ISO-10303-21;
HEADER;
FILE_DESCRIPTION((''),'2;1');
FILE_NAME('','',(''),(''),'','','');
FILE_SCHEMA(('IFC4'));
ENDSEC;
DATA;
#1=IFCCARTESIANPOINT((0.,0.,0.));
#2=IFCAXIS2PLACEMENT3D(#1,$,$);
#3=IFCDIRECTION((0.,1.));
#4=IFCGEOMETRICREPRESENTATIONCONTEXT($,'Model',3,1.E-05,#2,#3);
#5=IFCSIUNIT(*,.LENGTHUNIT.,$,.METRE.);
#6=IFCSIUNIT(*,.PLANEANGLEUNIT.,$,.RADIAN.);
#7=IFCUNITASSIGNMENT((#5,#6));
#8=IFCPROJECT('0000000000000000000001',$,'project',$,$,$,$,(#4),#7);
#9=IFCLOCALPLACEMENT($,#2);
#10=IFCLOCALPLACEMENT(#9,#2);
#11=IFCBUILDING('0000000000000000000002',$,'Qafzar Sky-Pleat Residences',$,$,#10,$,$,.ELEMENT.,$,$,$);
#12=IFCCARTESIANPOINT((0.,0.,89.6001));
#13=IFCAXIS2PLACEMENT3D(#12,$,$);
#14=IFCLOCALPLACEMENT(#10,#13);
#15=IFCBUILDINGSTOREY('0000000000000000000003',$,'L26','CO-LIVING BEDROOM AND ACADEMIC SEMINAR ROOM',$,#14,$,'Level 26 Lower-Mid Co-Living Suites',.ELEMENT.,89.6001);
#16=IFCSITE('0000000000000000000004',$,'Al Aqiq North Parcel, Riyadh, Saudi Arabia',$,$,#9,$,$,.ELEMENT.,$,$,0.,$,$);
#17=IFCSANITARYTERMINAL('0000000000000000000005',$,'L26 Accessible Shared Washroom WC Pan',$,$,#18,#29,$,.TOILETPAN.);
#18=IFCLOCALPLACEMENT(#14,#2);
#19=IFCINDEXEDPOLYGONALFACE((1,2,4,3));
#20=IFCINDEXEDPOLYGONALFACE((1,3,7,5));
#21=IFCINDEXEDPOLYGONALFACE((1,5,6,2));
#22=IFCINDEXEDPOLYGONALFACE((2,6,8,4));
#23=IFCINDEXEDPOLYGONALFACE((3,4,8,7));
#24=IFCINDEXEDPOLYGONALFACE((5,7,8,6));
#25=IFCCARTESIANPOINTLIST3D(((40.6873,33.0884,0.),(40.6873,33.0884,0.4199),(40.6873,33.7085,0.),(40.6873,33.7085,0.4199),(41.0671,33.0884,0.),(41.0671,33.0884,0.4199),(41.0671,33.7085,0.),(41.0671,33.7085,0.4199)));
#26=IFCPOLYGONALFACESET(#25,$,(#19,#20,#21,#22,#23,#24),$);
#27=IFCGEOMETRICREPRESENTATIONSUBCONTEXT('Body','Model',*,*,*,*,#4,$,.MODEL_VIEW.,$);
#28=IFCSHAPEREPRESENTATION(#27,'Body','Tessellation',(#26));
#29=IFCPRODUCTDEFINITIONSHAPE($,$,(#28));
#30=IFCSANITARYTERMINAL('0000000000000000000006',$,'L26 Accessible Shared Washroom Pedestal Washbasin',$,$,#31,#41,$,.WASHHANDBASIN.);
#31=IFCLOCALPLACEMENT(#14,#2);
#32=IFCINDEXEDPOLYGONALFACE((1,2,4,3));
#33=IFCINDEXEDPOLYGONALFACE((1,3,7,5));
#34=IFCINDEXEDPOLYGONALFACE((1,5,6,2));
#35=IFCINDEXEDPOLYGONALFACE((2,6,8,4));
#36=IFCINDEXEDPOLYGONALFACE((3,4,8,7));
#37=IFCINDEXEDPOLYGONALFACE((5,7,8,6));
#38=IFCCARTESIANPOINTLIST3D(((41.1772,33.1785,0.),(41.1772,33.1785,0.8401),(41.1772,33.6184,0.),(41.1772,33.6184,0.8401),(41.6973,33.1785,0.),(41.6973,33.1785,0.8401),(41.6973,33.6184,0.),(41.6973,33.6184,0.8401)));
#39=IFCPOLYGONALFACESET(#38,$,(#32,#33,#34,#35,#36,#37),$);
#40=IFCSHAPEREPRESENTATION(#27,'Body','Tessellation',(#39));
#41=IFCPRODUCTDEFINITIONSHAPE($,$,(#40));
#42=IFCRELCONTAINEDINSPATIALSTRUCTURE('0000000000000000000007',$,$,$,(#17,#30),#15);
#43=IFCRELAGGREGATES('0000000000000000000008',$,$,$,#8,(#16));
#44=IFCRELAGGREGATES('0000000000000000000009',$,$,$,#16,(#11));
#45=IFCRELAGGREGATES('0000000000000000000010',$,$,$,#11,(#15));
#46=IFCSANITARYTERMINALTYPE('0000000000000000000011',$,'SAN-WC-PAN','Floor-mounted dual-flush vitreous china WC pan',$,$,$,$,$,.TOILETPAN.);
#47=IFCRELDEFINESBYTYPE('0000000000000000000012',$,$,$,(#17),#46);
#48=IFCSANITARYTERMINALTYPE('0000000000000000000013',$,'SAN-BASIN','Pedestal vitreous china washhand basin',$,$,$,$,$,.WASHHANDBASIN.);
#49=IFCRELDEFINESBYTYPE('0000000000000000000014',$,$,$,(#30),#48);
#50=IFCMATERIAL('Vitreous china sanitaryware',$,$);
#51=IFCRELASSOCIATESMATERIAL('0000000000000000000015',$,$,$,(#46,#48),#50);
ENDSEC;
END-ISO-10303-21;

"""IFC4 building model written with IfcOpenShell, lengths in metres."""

from ifc_helpers import new_model, si_unit, direction, frame, origin, origin_2d, place, context, subcontext, project, spatial, rectangle, extrude, source, transform, mapped, material, type_object, element, save


model = new_model("IFC4")

# Units and contexts
model_context = context("Model", 3, precision=1e-05, world=origin(), true_north=direction((0.0, 1.0)))
body_context = subcontext(model_context, "Body", "Model", "MODEL_VIEW")
ifc_project = project(units=[si_unit("LENGTHUNIT", "METRE"), si_unit("PLANEANGLEUNIT", "RADIAN")], contexts=[model_context])

# Site, building, storey
site_placement = place(None, origin())
site = spatial("IfcSite", under=ifc_project, at=site_placement, Name="Al Aqiq North Parcel, Riyadh, Saudi Arabia", CompositionType="ELEMENT", RefElevation=0.0)
building_placement = place(site_placement, origin())
building = spatial("IfcBuilding", under=site, at=building_placement, Name="Qafzar Sky-Pleat Residences", CompositionType="ELEMENT")
storey_placement = place(building_placement, frame((0.0, 0.0, 89.6001)))
storey = spatial("IfcBuildingStorey", under=building, at=storey_placement, Name="L26", Description="CO-LIVING BEDROOM AND ACADEMIC SEMINAR ROOM", LongName="Level 26 Lower-Mid Co-Living Suites", CompositionType="ELEMENT", Elevation=89.6001)

# Sanitary terminals
ifc_material_1 = material(Name="Vitreous china sanitaryware")
sanitary_terminal_type_1 = type_object("IfcSanitaryTerminalType", Name="SAN-WC-PAN", Description="Floor-mounted dual-flush vitreous china WC pan", PredefinedType="TOILETPAN", material=ifc_material_1)
shared_shape_1 = source(origin(), body_context, "Body", "SweptSolid", [
    extrude(rectangle(XDim=0.3799, YDim=0.6201, at=origin_2d()), origin(), (0.0, 0.0, 1.0), 0.4199),
])
sanitary_terminal_1_placement = place(storey_placement, frame((40.8772, 33.3984, 0.0), z_axis=(0.0, 0.0, 1.0), x_axis=(1.0, 0.0, 0.0)))
element("IfcSanitaryTerminal", 1, at=sanitary_terminal_1_placement, inside=storey, type_object=sanitary_terminal_type_1, Name="L26 Accessible Shared Washroom WC Pan", PredefinedType="TOILETPAN", context=body_context, shape_type="MappedRepresentation", body=[
    mapped(shared_shape_1, transform((0.0, 0.0, 0.0), x_axis=(1.0, 0.0, 0.0), y_axis=(0.0, 1.0, 0.0), z_axis=(0.0, 0.0, 1.0), scale=1.0)),
])
sanitary_terminal_type_2 = type_object("IfcSanitaryTerminalType", Name="SAN-BASIN", Description="Pedestal vitreous china washhand basin", PredefinedType="WASHHANDBASIN", material=ifc_material_1)
shared_shape_2 = source(origin(), body_context, "Body", "SweptSolid", [
    extrude(rectangle(XDim=0.52, YDim=0.4399, at=origin_2d()), origin(), (0.0, 0.0, 1.0), 0.8401),
])
sanitary_terminal_2_placement = place(storey_placement, frame((41.4373, 33.3984, 0.0), z_axis=(0.0, 0.0, 1.0), x_axis=(1.0, 0.0, 0.0)))
element("IfcSanitaryTerminal", 2, at=sanitary_terminal_2_placement, inside=storey, type_object=sanitary_terminal_type_2, Name="L26 Accessible Shared Washroom Pedestal Washbasin", PredefinedType="WASHHANDBASIN", context=body_context, shape_type="MappedRepresentation", body=[
    mapped(shared_shape_2, transform((0.0, 0.0, 0.0), x_axis=(1.0, 0.0, 0.0), y_axis=(0.0, 1.0, 0.0), z_axis=(0.0, 0.0, 1.0), scale=1.0)),
])

save(model, "model.ifc")
